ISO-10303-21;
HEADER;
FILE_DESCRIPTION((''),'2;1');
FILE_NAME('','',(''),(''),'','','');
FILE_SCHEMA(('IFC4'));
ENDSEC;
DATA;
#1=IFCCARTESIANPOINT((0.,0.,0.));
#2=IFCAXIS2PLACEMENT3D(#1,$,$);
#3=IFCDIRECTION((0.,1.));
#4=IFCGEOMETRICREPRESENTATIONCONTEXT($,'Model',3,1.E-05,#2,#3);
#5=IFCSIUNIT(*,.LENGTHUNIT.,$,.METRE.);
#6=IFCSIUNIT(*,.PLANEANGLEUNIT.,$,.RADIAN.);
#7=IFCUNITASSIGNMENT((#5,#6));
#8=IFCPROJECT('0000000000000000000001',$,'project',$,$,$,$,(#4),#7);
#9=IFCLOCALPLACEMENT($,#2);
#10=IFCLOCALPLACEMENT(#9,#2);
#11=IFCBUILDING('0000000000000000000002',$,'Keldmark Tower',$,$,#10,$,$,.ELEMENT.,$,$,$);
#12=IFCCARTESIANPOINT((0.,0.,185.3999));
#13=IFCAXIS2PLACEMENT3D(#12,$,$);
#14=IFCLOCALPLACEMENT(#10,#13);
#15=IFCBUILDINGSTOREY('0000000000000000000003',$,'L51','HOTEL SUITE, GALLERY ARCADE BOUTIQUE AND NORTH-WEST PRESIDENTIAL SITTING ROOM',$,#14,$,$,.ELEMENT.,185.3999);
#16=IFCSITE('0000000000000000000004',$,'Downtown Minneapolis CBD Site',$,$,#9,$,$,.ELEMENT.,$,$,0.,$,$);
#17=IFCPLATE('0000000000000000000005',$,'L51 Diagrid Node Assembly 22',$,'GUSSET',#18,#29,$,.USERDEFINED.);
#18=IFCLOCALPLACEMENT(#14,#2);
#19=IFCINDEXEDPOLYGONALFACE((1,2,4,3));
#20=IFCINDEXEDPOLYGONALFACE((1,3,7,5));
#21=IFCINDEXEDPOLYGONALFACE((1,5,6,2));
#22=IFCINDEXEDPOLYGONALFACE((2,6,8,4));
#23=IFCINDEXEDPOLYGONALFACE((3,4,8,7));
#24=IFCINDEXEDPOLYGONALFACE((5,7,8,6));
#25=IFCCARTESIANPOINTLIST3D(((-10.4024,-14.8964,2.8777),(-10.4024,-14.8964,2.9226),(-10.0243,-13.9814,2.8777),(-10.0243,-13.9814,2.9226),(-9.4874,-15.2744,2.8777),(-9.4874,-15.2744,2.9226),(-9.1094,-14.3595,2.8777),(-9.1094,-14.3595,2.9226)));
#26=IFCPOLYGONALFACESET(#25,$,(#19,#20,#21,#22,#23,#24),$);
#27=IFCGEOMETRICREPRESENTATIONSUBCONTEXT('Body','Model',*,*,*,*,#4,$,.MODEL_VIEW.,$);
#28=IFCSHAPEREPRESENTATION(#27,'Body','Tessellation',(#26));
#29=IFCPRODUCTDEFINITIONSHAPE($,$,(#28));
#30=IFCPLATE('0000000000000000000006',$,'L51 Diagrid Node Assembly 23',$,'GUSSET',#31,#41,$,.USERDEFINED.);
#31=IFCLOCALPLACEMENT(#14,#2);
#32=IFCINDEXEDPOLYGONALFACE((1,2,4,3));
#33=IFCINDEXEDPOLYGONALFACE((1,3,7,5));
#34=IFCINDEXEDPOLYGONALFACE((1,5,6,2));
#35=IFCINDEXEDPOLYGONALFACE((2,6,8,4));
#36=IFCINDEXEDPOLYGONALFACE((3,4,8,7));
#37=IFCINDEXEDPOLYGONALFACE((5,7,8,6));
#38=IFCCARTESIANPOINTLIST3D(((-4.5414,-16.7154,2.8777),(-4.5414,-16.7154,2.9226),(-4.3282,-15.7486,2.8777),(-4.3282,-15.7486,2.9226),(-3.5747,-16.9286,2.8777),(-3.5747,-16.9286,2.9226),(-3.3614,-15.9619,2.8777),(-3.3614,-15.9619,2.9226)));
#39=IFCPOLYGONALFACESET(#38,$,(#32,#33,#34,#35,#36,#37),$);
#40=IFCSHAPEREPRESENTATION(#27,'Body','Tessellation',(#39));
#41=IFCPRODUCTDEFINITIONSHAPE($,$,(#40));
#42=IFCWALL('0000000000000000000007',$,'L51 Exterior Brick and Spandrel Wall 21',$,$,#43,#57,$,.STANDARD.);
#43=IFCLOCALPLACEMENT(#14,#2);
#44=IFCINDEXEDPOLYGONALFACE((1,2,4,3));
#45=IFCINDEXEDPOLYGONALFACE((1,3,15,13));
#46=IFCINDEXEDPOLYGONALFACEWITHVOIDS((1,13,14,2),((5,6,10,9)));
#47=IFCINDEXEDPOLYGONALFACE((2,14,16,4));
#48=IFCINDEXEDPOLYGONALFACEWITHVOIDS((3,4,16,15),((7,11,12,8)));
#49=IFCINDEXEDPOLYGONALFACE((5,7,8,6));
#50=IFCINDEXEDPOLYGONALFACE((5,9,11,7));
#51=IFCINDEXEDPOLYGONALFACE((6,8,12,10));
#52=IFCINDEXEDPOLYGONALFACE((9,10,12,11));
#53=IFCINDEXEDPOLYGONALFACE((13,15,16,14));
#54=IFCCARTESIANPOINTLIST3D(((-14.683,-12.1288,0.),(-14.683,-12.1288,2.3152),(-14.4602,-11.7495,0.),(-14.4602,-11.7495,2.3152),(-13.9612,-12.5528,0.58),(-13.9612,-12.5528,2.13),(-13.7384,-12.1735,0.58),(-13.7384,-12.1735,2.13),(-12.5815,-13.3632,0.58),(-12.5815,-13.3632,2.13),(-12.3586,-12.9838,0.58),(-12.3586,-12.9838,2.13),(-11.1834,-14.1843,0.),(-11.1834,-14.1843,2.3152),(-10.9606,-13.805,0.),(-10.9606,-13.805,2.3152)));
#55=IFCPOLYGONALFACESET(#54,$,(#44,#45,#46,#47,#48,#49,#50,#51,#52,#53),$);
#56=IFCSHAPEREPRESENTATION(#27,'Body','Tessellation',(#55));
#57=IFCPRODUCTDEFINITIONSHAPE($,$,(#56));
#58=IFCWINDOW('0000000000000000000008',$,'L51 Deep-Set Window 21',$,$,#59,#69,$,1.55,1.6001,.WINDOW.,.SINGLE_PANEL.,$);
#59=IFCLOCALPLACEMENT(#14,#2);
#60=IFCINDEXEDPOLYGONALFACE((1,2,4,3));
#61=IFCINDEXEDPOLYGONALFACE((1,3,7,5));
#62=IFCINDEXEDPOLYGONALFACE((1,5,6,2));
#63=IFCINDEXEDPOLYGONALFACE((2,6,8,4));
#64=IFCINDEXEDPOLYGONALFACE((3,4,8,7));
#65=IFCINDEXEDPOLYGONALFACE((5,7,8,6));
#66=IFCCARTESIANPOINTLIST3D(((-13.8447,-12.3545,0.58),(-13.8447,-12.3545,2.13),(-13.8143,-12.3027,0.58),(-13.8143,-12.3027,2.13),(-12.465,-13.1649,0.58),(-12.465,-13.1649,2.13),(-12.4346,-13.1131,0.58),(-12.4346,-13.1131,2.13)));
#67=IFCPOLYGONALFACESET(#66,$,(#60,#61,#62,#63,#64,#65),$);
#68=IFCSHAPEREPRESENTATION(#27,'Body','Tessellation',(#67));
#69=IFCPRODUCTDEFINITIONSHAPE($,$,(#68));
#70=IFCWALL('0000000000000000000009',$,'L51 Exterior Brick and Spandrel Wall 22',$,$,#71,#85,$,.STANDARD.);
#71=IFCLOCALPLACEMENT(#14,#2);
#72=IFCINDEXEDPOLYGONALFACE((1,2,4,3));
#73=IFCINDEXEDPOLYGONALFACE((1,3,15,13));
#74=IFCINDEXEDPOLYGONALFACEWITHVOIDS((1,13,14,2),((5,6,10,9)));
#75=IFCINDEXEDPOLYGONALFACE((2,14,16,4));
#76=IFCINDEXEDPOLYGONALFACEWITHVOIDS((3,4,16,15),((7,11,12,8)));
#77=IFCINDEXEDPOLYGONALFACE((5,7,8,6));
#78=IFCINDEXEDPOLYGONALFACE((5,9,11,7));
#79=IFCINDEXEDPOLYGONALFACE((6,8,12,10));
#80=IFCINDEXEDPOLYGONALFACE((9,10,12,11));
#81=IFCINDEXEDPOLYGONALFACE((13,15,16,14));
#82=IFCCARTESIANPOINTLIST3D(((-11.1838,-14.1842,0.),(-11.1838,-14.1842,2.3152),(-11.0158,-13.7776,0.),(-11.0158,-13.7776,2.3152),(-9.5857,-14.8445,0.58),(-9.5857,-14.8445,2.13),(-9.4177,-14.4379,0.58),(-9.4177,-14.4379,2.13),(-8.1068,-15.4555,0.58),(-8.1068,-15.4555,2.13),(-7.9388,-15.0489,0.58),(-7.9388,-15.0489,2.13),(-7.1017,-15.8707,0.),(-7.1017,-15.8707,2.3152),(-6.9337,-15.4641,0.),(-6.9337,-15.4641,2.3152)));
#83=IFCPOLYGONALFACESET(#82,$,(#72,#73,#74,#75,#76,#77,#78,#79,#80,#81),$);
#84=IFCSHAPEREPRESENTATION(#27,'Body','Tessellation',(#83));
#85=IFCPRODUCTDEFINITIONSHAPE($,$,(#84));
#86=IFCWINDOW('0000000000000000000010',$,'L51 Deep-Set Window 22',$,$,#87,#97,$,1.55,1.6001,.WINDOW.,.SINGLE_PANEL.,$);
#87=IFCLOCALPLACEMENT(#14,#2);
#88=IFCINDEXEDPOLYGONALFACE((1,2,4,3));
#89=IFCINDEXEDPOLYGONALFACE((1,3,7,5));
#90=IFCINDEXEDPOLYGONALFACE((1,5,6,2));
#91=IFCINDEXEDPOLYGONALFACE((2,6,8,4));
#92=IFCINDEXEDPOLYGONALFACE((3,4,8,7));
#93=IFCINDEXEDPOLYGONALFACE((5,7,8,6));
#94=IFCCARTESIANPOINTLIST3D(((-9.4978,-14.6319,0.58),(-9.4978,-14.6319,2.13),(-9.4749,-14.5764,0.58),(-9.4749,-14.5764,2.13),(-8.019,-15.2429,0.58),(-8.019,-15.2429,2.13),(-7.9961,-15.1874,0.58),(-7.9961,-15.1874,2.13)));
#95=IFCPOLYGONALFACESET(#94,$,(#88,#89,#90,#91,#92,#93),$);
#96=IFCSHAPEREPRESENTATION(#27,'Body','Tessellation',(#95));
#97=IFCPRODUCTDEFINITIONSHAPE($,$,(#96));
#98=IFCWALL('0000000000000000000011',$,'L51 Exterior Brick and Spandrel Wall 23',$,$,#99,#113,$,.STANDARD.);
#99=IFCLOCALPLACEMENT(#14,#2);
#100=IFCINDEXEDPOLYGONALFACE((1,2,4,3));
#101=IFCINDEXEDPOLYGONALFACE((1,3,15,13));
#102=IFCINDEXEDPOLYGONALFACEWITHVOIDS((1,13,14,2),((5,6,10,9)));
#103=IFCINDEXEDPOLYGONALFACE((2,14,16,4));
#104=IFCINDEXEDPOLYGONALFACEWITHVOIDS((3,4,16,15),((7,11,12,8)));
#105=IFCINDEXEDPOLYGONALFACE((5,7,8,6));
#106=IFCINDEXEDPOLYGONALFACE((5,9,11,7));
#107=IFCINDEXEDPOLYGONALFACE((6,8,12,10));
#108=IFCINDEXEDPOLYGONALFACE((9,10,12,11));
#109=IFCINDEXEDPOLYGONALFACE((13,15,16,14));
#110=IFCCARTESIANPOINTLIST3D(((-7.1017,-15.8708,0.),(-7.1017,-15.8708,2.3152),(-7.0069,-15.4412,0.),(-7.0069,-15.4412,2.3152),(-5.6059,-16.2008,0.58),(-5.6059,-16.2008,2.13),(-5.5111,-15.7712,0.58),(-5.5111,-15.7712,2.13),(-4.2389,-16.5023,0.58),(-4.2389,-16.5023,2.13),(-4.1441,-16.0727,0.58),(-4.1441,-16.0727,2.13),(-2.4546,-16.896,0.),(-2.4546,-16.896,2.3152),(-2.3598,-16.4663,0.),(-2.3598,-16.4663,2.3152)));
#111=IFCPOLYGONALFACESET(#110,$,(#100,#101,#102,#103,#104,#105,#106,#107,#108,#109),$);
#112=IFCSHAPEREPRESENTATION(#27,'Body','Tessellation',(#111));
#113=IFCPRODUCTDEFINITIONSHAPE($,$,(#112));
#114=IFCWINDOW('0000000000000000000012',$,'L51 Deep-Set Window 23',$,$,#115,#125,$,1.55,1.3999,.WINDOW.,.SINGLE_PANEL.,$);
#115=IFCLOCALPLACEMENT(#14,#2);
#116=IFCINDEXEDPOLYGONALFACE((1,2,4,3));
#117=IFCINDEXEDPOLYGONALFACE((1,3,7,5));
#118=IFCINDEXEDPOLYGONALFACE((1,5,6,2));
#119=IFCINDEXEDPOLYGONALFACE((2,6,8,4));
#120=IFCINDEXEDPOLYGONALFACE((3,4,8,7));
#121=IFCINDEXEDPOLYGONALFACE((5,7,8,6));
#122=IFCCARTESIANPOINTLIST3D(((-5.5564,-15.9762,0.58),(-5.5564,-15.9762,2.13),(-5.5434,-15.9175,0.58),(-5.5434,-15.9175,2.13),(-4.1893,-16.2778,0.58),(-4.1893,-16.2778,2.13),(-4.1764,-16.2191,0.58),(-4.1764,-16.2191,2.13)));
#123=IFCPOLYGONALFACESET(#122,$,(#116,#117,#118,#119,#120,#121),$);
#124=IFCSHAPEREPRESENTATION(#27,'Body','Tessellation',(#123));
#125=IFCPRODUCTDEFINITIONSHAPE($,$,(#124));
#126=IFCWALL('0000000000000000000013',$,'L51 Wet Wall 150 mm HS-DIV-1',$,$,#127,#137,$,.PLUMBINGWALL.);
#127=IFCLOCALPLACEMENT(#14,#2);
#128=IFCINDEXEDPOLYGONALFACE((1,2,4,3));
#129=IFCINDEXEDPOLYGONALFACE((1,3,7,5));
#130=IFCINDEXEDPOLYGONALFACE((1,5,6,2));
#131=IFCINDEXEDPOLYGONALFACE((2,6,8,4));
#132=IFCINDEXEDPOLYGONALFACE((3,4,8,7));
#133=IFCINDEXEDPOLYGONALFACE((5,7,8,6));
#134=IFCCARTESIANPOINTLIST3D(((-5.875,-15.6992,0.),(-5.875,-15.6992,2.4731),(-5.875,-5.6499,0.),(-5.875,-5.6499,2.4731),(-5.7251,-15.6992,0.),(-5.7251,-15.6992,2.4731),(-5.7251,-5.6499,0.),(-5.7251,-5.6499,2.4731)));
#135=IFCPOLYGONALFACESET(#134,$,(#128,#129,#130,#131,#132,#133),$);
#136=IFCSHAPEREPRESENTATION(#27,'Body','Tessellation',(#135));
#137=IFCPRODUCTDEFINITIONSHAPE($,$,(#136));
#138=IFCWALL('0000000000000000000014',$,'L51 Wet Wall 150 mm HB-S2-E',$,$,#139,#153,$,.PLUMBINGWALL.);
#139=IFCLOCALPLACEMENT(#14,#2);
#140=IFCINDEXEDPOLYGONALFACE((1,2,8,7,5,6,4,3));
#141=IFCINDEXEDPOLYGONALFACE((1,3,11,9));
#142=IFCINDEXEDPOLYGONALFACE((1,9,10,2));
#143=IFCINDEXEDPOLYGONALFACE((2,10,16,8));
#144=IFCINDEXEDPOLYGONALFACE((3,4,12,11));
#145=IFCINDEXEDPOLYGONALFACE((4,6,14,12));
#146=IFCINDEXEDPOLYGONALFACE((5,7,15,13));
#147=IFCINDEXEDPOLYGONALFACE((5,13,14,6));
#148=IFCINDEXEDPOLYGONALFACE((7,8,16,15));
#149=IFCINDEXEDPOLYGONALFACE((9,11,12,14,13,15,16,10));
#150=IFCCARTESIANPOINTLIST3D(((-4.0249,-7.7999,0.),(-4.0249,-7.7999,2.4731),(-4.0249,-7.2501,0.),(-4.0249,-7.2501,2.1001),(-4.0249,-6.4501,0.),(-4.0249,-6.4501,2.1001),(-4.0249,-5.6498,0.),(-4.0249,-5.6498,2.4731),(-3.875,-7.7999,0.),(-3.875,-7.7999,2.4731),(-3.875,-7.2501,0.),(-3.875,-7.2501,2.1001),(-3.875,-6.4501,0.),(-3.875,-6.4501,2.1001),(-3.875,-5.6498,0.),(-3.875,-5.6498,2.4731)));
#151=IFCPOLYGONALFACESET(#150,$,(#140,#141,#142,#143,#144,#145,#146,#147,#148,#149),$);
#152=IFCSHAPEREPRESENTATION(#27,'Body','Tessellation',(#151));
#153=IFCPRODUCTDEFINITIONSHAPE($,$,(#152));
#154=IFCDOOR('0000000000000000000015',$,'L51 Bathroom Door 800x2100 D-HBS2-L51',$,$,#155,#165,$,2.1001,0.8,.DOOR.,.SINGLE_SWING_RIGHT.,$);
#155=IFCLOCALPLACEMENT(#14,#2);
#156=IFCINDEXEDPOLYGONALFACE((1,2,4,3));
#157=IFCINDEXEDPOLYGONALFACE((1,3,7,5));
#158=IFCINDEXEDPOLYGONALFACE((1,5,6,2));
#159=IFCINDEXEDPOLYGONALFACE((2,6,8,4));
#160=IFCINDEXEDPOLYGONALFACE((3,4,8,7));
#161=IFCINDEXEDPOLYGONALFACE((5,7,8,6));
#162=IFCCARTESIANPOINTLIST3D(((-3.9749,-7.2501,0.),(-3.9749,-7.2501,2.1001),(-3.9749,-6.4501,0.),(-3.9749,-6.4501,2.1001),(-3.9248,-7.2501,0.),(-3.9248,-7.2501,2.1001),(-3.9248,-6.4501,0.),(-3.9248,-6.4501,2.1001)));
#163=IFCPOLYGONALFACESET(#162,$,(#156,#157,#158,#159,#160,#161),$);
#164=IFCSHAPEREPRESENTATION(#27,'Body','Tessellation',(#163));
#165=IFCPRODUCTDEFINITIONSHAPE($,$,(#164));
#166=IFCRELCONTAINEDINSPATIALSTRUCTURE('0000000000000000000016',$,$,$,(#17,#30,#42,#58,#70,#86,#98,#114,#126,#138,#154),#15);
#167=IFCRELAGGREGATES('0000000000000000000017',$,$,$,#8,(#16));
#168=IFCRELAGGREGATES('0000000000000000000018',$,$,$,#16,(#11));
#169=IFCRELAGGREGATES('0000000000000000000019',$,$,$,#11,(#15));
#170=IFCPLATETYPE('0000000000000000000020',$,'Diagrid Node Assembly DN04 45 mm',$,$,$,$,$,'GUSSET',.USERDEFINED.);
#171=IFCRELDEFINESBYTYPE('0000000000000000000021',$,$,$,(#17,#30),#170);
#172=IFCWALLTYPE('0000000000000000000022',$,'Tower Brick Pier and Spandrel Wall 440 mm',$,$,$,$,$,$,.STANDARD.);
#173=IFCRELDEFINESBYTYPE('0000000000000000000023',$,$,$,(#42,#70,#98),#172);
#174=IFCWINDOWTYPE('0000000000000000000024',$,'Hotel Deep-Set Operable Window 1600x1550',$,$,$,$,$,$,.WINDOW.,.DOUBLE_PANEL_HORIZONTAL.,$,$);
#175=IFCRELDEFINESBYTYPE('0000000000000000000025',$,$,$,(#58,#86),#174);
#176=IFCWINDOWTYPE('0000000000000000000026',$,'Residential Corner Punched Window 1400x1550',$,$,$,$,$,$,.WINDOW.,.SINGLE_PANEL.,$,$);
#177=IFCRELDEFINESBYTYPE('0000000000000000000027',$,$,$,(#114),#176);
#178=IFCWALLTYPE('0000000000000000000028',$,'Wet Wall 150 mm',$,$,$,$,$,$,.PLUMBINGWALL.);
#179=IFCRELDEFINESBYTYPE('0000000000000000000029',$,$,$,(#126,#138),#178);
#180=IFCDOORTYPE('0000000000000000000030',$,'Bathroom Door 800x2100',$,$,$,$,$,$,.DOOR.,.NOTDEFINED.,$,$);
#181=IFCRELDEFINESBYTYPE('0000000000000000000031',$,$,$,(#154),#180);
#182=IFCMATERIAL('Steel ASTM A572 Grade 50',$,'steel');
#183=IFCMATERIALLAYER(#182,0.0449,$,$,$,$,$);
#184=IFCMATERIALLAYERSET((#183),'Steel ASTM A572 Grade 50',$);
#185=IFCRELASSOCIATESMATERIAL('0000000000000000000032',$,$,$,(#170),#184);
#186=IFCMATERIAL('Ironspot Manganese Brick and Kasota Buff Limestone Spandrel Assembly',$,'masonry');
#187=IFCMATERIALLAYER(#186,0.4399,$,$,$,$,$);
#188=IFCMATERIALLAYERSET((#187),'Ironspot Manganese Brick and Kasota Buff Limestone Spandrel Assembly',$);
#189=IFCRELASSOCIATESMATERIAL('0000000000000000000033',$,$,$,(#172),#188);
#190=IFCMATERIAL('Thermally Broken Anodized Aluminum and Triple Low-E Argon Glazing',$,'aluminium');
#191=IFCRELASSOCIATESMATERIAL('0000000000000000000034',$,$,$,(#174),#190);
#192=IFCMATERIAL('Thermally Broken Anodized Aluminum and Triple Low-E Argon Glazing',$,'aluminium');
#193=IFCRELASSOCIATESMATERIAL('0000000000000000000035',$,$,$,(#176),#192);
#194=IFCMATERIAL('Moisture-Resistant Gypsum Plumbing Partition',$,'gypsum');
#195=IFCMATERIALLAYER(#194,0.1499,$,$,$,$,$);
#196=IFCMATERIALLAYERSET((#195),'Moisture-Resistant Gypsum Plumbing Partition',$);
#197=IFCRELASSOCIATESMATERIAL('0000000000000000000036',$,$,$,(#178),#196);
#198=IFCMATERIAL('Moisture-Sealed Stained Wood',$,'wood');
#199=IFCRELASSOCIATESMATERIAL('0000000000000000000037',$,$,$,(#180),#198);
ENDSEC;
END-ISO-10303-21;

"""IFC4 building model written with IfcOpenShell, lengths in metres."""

from ifc_helpers import new_model, si_unit, direction, frame, frame_2d, origin, origin_2d, place, context, subcontext, project, spatial, rectangle, extrude, material, layer, layer_set, type_object, element, fill, save


model = new_model("IFC4")

# Units and contexts
model_context = context("Model", 3, precision=1e-05, world=origin(), true_north=direction((0.0, 1.0)))
body_context = subcontext(model_context, "Body", "Model", "MODEL_VIEW")
ifc_project = project(units=[si_unit("LENGTHUNIT", "METRE"), si_unit("PLANEANGLEUNIT", "RADIAN")], contexts=[model_context])

# Site, building, storey
site_placement = place(None, origin())
site = spatial("IfcSite", under=ifc_project, at=site_placement, Name="Downtown Minneapolis CBD Site", CompositionType="ELEMENT", RefElevation=0.0)
building_placement = place(site_placement, origin())
building = spatial("IfcBuilding", under=site, at=building_placement, Name="Keldmark Tower", CompositionType="ELEMENT")
storey_placement = place(building_placement, frame((0.0, 0.0, 185.3999)))
storey = spatial("IfcBuildingStorey", under=building, at=storey_placement, Name="L51", Description="HOTEL SUITE, GALLERY ARCADE BOUTIQUE AND NORTH-WEST PRESIDENTIAL SITTING ROOM", CompositionType="ELEMENT", Elevation=185.3999)

# Plates
ifc_material_1 = material(Name="Steel ASTM A572 Grade 50", Category="steel")
ifc_layer_1 = layer(ifc_material_1, 0.0449)
ifc_layer_set_1 = layer_set([ifc_layer_1], Name="Steel ASTM A572 Grade 50")
plate_type = type_object("IfcPlateType", Name="Diagrid Node Assembly DN04 45 mm", ElementType="GUSSET", PredefinedType="USERDEFINED", material=ifc_layer_set_1)
for number, where, z_axis, x_axis, name in (
    (1, (-9.7559, -14.6279, 2.8777), (0.0, 0.0, 1.0), (0.924213, -0.381877, 0.0), "L51 Diagrid Node Assembly 22"),
    (2, (-3.9514, -16.3386, 2.8777), (0.0, 0.0, 1.0), (0.976522, -0.215417, 0.0), "L51 Diagrid Node Assembly 23"),
):
    element("IfcPlate", number, at=place(storey_placement, frame(where, z_axis=z_axis, x_axis=x_axis)), inside=storey, type_object=plate_type, Name=name, ObjectType="GUSSET", PredefinedType="USERDEFINED", context=body_context, shape_type="SweptSolid", body=[
        extrude(rectangle(XDim=0.99, YDim=0.99, at=origin_2d()), origin(), (0.0, 0.0, 1.0), 0.0449),
    ])

# Walls, openings, windows
ifc_material_2 = material(Name="Ironspot Manganese Brick and Kasota Buff Limestone Spandrel Assembly", Category="masonry")
ifc_layer_2 = layer(ifc_material_2, 0.4399)
ifc_layer_set_2 = layer_set([ifc_layer_2], Name="Ironspot Manganese Brick and Kasota Buff Limestone Spandrel Assembly")
wall_type_1 = type_object("IfcWallType", Name="Tower Brick Pier and Spandrel Wall 440 mm", PredefinedType="STANDARD", material=ifc_layer_set_2)
wall_1_placement = place(storey_placement, frame((-11.072, -13.9946, 0.0), z_axis=(0.0, 0.0, 1.0), x_axis=(-0.86227, 0.50645, 0.0)))
wall_1 = element("IfcWall", 3, at=wall_1_placement, inside=storey, type_object=wall_type_1, Name="L51 Exterior Brick and Spandrel Wall 21", PredefinedType="STANDARD", context=body_context, shape_type="SweptSolid", body=[
    extrude(rectangle(XDim=4.0586, YDim=0.4399, at=frame_2d((2.0293, 0.0))), origin(), (0.0, 0.0, 1.0), 2.3152),
])
opening_1_placement = place(wall_1_placement, frame((1.6213, 0.0, 0.5801)))
opening_1 = element("IfcOpeningElement", 4, at=opening_1_placement, cuts=wall_1, PredefinedType="OPENING", context=body_context, shape_type="SweptSolid", body=[
    extrude(rectangle(XDim=1.6001, YDim=1.55, at=frame_2d((0.8, 0.7749))), frame((0.0, 0.23, 0.0), z_axis=(0.0, -1.0, 0.0), x_axis=(1.0, 0.0, 0.0)), (0.0, 0.0, 1.0), 0.46),
])
ifc_material_3 = material(Name="Thermally Broken Anodized Aluminum and Triple Low-E Argon Glazing", Category="aluminium")
window_type_1 = type_object("IfcWindowType", Name="Hotel Deep-Set Operable Window 1600x1550", PartitioningType="DOUBLE_PANEL_HORIZONTAL", PredefinedType="WINDOW", material=ifc_material_3)
window_1_placement = place(opening_1_placement, origin())
window_1 = element("IfcWindow", 5, at=window_1_placement, inside=storey, type_object=window_type_1, Name="L51 Deep-Set Window 21", OverallHeight=1.55, OverallWidth=1.6001, PartitioningType="SINGLE_PANEL", PredefinedType="WINDOW", context=body_context, shape_type="SweptSolid", body=[
    extrude(rectangle(XDim=1.6001, YDim=1.55, at=frame_2d((0.8, 0.7749))), frame((0.0, -0.01, 0.0), z_axis=(0.0, -1.0, 0.0), x_axis=(1.0, 0.0, 0.0)), (0.0, 0.0, 1.0), 0.0601),
])
fill(opening_1, window_1)
wall_2_placement = place(storey_placement, frame((-7.0176, -15.6675, 0.0), z_axis=(0.0, 0.0, 1.0), x_axis=(-0.924224, 0.38185, 0.0)))
wall_2 = element("IfcWall", 6, at=wall_2_placement, inside=storey, type_object=wall_type_1, Name="L51 Exterior Brick and Spandrel Wall 22", PredefinedType="STANDARD", context=body_context, shape_type="SweptSolid", body=[
    extrude(rectangle(XDim=4.4167, YDim=0.4399, at=frame_2d((2.2085, 0.0))), origin(), (0.0, 0.0, 1.0), 2.3152),
])
opening_2_placement = place(wall_2_placement, frame((1.0876, 0.0, 0.5801)))
opening_2 = element("IfcOpeningElement", 7, at=opening_2_placement, cuts=wall_2, PredefinedType="OPENING", context=body_context, shape_type="SweptSolid", body=[
    extrude(rectangle(XDim=1.6001, YDim=1.55, at=frame_2d((0.8, 0.7749))), frame((0.0, 0.23, 0.0), z_axis=(0.0, -1.0, 0.0), x_axis=(1.0, 0.0, 0.0)), (0.0, 0.0, 1.0), 0.46),
])
window_2_placement = place(opening_2_placement, origin())
window_2 = element("IfcWindow", 8, at=window_2_placement, inside=storey, type_object=window_type_1, Name="L51 Deep-Set Window 22", OverallHeight=1.55, OverallWidth=1.6001, PartitioningType="SINGLE_PANEL", PredefinedType="WINDOW", context=body_context, shape_type="SweptSolid", body=[
    extrude(rectangle(XDim=1.6001, YDim=1.55, at=frame_2d((0.8, 0.7749))), frame((0.0, -0.01, 0.0), z_axis=(0.0, -1.0, 0.0), x_axis=(1.0, 0.0, 0.0)), (0.0, 0.0, 1.0), 0.0601),
])
fill(opening_2, window_2)
wall_3_placement = place(storey_placement, frame((-2.4072, -16.6812, 0.0), z_axis=(0.0, 0.0, 1.0), x_axis=(-0.97652, 0.215425, 0.0)))
wall_3 = element("IfcWall", 9, at=wall_3_placement, inside=storey, type_object=wall_type_1, Name="L51 Exterior Brick and Spandrel Wall 23", PredefinedType="STANDARD", context=body_context, shape_type="SweptSolid", body=[
    extrude(rectangle(XDim=4.7588, YDim=0.4399, at=frame_2d((2.3794, 0.0))), origin(), (0.0, 0.0, 1.0), 2.3152),
])
opening_3_placement = place(wall_3_placement, frame((1.8271, 0.0, 0.5801)))
opening_3 = element("IfcOpeningElement", 10, at=opening_3_placement, cuts=wall_3, PredefinedType="OPENING", context=body_context, shape_type="SweptSolid", body=[
    extrude(rectangle(XDim=1.3999, YDim=1.55, at=frame_2d((0.7, 0.7749))), frame((0.0, 0.23, 0.0), z_axis=(0.0, -1.0, 0.0), x_axis=(1.0, 0.0, 0.0)), (0.0, 0.0, 1.0), 0.46),
])
ifc_material_4 = material(Name="Thermally Broken Anodized Aluminum and Triple Low-E Argon Glazing", Category="aluminium")
window_type_2 = type_object("IfcWindowType", Name="Residential Corner Punched Window 1400x1550", PartitioningType="SINGLE_PANEL", PredefinedType="WINDOW", material=ifc_material_4)
window_3_placement = place(opening_3_placement, origin())
window_3 = element("IfcWindow", 11, at=window_3_placement, inside=storey, type_object=window_type_2, Name="L51 Deep-Set Window 23", OverallHeight=1.55, OverallWidth=1.3999, PartitioningType="SINGLE_PANEL", PredefinedType="WINDOW", context=body_context, shape_type="SweptSolid", body=[
    extrude(rectangle(XDim=1.3999, YDim=1.55, at=frame_2d((0.7, 0.7749))), frame((0.0, -0.01, 0.0), z_axis=(0.0, -1.0, 0.0), x_axis=(1.0, 0.0, 0.0)), (0.0, 0.0, 1.0), 0.0601),
])
fill(opening_3, window_3)

# Wall
ifc_material_5 = material(Name="Moisture-Resistant Gypsum Plumbing Partition", Category="gypsum")
ifc_layer_3 = layer(ifc_material_5, 0.1499)
ifc_layer_set_3 = layer_set([ifc_layer_3], Name="Moisture-Resistant Gypsum Plumbing Partition")
wall_type_2 = type_object("IfcWallType", Name="Wet Wall 150 mm", PredefinedType="PLUMBINGWALL", material=ifc_layer_set_3)
wall_4_placement = place(storey_placement, frame((-5.8, -15.6992, 0.0), z_axis=(0.0, 0.0, 1.0), x_axis=(0.0, 1.0, 0.0)))
element("IfcWall", 12, at=wall_4_placement, inside=storey, type_object=wall_type_2, Name="L51 Wet Wall 150 mm HS-DIV-1", PredefinedType="PLUMBINGWALL", context=body_context, shape_type="SweptSolid", body=[
    extrude(rectangle(XDim=10.0493, YDim=0.1499, at=frame_2d((5.0247, 0.0))), origin(), (0.0, 0.0, 1.0), 2.4731),
])

# Wall, opening, door
wall_5_placement = place(storey_placement, frame((-3.95, -7.8, 0.0), z_axis=(0.0, 0.0, 1.0), x_axis=(0.0, 1.0, 0.0)))
wall_5 = element("IfcWall", 13, at=wall_5_placement, inside=storey, type_object=wall_type_2, Name="L51 Wet Wall 150 mm HB-S2-E", PredefinedType="PLUMBINGWALL", context=body_context, shape_type="SweptSolid", body=[
    extrude(rectangle(XDim=2.1501, YDim=0.1499, at=frame_2d((1.0752, 0.0))), origin(), (0.0, 0.0, 1.0), 2.4731),
])
opening_4_placement = place(wall_5_placement, frame((0.55, 0.0, 0.0)))
opening_4 = element("IfcOpeningElement", 14, at=opening_4_placement, cuts=wall_5, PredefinedType="OPENING", context=body_context, shape_type="SweptSolid", body=[
    extrude(rectangle(XDim=0.8, YDim=2.1001, at=frame_2d((0.3999, 1.05))), frame((0.0, 0.085, 0.0), z_axis=(0.0, -1.0, 0.0), x_axis=(1.0, 0.0, 0.0)), (0.0, 0.0, 1.0), 0.1699),
])
ifc_material_6 = material(Name="Moisture-Sealed Stained Wood", Category="wood")
door_type = type_object("IfcDoorType", Name="Bathroom Door 800x2100", OperationType="NOTDEFINED", PredefinedType="DOOR", material=ifc_material_6)
door_placement = place(opening_4_placement, origin())
door = element("IfcDoor", 15, at=door_placement, inside=storey, type_object=door_type, Name="L51 Bathroom Door 800x2100 D-HBS2-L51", OperationType="SINGLE_SWING_RIGHT", OverallHeight=2.1001, OverallWidth=0.8, PredefinedType="DOOR", context=body_context, shape_type="SweptSolid", body=[
    extrude(rectangle(XDim=0.8, YDim=2.1001, at=frame_2d((0.3999, 1.05))), frame((0.0, 0.0249, 0.0), z_axis=(0.0, -1.0, 0.0), x_axis=(1.0, 0.0, 0.0)), (0.0, 0.0, 1.0), 0.05),
])
fill(opening_4, door)

save(model, "model.ifc")
